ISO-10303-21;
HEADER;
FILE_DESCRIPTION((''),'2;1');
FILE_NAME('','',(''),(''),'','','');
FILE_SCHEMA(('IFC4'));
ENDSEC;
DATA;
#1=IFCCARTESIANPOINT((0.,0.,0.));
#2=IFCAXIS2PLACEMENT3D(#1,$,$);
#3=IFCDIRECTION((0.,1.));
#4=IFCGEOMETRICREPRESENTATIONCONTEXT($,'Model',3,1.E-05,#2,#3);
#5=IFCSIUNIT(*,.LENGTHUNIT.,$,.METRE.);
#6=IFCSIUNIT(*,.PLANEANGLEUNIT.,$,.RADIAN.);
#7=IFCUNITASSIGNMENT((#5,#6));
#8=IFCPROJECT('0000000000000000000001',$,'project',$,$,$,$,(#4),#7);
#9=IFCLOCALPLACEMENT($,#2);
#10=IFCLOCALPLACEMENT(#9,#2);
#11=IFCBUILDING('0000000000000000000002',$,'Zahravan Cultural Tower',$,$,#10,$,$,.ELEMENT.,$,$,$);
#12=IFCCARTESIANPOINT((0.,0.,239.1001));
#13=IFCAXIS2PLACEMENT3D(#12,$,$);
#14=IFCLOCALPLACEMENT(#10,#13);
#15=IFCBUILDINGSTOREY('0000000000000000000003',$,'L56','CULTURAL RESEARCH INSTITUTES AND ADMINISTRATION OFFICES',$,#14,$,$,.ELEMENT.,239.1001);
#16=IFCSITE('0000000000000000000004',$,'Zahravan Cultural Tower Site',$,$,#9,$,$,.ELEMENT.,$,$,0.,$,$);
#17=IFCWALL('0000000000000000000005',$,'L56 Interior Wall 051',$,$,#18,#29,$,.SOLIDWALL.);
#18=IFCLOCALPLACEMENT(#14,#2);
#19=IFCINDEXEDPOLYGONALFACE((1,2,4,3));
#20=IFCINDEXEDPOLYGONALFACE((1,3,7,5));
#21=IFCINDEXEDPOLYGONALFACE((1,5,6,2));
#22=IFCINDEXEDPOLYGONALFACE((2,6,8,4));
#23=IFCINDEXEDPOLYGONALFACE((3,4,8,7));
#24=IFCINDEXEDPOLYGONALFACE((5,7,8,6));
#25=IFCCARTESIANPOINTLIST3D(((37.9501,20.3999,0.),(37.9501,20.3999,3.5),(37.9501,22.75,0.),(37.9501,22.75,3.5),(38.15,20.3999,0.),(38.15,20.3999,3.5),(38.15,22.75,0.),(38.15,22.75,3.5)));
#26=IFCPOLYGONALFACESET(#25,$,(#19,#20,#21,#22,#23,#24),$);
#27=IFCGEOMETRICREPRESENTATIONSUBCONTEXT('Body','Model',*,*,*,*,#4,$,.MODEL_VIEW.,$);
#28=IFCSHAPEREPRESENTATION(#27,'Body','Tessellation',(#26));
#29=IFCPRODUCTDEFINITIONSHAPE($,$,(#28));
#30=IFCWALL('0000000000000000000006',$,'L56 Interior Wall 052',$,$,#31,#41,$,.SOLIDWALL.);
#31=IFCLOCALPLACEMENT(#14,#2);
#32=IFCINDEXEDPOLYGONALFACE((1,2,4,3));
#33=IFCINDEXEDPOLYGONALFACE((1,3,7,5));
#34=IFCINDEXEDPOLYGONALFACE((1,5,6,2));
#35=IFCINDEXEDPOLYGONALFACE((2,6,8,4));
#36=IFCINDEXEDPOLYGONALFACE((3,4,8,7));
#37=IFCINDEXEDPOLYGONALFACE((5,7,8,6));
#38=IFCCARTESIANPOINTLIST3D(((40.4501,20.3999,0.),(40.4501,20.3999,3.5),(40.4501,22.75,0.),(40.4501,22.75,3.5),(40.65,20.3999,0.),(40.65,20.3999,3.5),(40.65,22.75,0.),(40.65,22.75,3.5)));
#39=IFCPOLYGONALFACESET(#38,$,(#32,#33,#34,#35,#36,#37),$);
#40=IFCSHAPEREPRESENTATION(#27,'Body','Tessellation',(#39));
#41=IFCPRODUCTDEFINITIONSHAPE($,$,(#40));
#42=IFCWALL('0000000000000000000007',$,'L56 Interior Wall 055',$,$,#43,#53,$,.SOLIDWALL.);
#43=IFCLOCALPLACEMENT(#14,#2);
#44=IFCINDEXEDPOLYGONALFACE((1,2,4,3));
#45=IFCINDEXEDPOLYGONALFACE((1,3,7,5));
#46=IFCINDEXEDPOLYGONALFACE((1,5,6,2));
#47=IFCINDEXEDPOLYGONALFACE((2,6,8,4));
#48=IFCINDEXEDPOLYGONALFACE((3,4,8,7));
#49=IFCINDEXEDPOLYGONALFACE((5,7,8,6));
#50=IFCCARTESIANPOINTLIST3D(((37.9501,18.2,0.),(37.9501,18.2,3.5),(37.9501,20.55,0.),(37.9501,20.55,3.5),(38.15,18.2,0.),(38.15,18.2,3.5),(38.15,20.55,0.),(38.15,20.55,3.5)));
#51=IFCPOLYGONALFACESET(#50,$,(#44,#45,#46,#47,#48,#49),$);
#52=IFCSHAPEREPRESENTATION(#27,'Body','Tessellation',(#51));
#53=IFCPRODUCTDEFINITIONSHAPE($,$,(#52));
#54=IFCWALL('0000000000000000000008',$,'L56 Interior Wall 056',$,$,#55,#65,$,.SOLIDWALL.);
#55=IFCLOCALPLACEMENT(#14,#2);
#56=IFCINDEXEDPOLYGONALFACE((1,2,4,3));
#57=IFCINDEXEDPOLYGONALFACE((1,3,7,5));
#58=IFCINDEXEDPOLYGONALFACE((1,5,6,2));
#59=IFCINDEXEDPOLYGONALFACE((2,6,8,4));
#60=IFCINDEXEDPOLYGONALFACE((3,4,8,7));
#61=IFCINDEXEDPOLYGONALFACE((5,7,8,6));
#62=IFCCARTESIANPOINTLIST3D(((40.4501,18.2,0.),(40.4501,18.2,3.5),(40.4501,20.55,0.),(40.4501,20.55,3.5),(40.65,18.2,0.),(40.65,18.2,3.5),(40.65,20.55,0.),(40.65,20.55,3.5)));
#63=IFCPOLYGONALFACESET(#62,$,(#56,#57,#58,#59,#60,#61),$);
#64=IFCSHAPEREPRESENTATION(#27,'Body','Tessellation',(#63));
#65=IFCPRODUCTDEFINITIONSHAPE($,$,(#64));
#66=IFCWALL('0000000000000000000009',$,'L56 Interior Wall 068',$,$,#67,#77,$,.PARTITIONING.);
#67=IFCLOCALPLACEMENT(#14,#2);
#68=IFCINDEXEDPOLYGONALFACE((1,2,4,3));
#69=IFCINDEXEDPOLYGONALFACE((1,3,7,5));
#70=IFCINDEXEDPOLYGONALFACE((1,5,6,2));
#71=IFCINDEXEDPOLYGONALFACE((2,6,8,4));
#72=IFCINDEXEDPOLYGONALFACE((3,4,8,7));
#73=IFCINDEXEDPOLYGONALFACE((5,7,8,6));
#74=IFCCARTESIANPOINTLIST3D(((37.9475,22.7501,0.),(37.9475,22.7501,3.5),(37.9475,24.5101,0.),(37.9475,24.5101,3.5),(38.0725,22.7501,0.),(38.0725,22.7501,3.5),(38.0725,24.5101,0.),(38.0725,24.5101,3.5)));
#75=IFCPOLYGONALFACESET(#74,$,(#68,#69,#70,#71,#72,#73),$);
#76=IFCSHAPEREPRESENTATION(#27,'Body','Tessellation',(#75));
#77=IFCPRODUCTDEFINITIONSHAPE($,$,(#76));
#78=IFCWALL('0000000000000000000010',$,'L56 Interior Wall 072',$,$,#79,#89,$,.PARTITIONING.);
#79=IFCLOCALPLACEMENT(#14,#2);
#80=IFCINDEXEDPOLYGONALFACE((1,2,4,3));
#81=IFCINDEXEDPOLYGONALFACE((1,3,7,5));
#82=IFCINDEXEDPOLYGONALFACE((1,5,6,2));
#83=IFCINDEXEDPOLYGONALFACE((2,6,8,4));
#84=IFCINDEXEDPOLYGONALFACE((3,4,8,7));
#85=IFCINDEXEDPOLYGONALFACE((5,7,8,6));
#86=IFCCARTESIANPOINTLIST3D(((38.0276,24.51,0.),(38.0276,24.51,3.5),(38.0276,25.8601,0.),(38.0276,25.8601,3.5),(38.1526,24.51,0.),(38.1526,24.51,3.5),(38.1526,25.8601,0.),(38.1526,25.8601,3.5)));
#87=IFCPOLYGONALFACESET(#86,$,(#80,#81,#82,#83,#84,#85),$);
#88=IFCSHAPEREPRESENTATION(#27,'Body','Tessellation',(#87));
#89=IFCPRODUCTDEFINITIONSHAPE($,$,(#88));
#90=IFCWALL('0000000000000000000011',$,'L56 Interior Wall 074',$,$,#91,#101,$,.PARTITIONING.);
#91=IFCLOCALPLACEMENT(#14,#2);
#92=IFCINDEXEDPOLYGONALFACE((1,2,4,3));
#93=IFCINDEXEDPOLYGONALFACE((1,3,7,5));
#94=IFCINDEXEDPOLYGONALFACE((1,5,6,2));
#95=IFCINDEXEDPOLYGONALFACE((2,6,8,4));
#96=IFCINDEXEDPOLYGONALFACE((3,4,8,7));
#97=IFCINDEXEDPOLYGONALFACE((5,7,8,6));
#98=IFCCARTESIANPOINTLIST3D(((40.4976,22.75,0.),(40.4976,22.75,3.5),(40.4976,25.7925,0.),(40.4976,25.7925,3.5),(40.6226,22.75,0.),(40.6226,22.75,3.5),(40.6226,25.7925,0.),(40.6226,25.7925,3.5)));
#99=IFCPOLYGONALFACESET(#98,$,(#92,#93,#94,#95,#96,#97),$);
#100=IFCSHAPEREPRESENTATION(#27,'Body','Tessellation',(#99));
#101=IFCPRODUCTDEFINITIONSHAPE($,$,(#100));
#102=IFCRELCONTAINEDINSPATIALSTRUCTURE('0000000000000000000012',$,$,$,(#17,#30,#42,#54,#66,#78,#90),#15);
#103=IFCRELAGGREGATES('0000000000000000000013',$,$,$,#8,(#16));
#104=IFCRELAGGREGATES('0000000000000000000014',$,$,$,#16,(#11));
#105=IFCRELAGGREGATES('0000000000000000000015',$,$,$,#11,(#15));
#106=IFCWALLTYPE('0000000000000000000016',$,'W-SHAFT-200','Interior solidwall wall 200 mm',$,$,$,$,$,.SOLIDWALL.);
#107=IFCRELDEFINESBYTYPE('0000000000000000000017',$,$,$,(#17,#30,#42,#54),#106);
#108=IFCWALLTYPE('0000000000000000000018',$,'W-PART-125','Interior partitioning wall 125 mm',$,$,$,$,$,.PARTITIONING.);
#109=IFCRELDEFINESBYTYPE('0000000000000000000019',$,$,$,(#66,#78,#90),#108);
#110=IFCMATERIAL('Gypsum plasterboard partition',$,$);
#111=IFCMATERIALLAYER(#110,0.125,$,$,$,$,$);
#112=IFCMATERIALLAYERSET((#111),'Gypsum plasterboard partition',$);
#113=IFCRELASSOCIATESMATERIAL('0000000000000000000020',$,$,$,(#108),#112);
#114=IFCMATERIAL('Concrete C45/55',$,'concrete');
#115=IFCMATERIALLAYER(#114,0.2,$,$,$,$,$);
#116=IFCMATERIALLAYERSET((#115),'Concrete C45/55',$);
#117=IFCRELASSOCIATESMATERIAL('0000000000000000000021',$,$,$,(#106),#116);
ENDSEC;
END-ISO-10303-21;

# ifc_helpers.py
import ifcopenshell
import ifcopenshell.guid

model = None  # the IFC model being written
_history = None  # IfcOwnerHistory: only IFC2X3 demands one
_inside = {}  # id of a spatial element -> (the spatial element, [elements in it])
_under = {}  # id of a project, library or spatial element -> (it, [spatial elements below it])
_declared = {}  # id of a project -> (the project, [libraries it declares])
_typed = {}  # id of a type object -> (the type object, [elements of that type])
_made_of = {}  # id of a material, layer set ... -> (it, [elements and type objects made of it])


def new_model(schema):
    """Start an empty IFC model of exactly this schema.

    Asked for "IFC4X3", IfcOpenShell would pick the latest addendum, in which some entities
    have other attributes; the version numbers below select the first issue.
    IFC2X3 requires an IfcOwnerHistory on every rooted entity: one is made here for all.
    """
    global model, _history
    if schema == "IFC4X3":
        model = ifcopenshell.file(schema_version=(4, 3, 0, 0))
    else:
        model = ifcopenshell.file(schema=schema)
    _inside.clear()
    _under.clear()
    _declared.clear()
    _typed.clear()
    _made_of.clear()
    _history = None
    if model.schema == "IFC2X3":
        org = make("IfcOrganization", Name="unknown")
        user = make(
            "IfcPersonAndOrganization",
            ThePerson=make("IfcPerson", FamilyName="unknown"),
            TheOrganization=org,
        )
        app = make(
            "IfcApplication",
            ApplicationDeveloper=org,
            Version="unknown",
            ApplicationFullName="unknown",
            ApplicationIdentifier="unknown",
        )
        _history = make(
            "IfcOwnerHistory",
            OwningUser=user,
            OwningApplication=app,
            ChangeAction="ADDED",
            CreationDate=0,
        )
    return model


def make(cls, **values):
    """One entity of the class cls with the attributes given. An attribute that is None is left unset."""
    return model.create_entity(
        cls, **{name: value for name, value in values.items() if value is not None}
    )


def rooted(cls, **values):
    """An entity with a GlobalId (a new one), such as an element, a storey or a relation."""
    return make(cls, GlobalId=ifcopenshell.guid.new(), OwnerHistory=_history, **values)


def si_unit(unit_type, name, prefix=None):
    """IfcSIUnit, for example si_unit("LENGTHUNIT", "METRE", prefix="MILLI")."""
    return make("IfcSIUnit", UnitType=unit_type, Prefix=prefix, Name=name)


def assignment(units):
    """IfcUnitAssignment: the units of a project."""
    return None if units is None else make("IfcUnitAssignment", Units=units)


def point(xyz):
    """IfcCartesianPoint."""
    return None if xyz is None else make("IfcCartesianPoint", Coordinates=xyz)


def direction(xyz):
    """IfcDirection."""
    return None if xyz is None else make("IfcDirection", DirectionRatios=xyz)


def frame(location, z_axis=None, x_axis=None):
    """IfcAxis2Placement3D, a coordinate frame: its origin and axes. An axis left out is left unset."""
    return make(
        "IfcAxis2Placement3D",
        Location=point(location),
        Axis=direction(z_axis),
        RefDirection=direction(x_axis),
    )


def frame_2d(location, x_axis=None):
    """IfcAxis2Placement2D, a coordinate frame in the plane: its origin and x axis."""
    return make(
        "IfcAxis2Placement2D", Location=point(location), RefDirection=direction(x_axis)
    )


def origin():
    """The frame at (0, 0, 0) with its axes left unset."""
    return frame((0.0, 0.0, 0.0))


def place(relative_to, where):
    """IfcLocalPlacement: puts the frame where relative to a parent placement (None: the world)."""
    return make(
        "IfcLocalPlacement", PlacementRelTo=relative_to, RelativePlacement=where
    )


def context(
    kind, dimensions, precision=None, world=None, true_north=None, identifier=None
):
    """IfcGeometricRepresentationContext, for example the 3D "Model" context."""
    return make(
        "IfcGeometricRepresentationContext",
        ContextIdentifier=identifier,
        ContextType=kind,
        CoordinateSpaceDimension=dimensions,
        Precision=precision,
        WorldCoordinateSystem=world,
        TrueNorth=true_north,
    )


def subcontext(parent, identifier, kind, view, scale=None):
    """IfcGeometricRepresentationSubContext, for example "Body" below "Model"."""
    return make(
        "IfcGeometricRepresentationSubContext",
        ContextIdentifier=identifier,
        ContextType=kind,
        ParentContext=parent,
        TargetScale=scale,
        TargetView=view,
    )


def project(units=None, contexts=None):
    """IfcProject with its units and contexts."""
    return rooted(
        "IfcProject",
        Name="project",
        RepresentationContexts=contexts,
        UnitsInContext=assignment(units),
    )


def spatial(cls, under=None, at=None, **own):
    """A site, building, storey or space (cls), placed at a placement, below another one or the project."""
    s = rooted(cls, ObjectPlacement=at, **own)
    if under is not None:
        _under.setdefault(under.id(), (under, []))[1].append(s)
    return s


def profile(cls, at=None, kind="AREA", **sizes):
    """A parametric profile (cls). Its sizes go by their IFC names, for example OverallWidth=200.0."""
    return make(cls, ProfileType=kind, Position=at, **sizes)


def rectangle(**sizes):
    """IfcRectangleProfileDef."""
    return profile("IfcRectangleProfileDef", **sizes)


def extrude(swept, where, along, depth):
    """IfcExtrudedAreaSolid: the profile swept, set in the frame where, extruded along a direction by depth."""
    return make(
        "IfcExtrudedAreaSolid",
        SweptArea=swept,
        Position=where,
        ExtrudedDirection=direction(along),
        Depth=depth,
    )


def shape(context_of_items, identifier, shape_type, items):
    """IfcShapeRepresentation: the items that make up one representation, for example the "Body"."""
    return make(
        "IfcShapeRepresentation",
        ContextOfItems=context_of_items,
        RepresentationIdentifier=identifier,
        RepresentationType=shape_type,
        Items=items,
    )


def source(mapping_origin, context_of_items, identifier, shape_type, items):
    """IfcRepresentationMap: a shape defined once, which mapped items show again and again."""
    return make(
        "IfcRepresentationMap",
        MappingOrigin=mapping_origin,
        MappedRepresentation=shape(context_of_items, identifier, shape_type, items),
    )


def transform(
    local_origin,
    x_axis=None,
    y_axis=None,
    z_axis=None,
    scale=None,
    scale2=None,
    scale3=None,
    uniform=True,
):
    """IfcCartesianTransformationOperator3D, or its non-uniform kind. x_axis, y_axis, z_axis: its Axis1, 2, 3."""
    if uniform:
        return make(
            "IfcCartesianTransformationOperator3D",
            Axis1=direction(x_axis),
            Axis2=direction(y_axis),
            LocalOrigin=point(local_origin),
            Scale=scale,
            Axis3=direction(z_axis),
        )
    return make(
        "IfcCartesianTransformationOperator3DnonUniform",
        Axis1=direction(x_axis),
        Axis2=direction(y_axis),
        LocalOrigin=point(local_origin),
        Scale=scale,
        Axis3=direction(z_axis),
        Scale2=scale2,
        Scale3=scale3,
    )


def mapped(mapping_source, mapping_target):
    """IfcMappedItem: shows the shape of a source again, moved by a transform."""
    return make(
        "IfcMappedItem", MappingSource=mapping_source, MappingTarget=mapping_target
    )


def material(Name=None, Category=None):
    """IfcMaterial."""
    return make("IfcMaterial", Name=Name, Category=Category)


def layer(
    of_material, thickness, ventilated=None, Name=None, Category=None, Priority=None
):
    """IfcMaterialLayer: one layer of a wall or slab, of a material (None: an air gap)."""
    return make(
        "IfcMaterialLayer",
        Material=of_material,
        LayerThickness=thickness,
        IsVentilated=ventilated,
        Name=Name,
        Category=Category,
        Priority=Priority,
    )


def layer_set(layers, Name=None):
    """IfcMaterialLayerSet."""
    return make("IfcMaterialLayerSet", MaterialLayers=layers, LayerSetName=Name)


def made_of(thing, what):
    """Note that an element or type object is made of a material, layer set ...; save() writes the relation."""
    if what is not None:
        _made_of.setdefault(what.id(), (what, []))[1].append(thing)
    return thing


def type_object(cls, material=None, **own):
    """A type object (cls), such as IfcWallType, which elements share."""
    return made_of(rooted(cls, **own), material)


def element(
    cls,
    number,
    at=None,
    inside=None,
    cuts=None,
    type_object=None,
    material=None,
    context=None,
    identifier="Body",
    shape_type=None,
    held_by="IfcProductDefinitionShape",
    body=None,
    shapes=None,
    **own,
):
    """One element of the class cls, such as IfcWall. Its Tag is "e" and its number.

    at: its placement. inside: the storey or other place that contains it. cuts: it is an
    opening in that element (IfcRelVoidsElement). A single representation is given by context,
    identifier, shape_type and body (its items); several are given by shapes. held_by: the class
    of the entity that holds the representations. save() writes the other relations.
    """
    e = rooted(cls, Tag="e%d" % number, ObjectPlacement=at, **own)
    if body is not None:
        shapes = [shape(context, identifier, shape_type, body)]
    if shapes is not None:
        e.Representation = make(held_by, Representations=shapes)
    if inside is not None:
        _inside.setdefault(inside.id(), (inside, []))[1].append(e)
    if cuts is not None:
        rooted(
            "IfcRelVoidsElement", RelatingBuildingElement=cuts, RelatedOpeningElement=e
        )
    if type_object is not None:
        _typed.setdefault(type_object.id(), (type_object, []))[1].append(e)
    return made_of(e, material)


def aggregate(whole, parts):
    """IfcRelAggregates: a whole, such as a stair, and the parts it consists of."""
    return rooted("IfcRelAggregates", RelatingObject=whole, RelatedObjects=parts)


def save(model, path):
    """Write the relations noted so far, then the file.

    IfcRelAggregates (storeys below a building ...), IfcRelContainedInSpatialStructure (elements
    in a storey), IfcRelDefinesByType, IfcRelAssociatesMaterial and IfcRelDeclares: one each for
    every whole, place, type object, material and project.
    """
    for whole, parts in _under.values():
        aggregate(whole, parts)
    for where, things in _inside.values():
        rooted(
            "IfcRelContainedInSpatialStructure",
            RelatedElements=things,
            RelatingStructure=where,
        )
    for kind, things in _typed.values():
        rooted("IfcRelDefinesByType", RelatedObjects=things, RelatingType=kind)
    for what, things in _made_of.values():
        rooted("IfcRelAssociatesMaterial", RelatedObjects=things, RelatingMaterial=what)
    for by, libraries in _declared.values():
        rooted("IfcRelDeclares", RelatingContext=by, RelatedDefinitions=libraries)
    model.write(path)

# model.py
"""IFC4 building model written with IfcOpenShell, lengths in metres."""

from ifc_helpers import new_model, si_unit, direction, frame, frame_2d, origin, place, context, subcontext, project, spatial, rectangle, extrude, source, transform, mapped, material, layer, layer_set, type_object, element, save


model = new_model("IFC4")

# Units and contexts
model_context = context("Model", 3, precision=1e-05, world=origin(), true_north=direction((0.0, 1.0)))
body_context = subcontext(model_context, "Body", "Model", "MODEL_VIEW")
ifc_project = project(units=[si_unit("LENGTHUNIT", "METRE"), si_unit("PLANEANGLEUNIT", "RADIAN")], contexts=[model_context])

# Site, building, storey
site_placement = place(None, origin())
site = spatial("IfcSite", under=ifc_project, at=site_placement, Name="Zahravan Cultural Tower Site", CompositionType="ELEMENT", RefElevation=0.0)
building_placement = place(site_placement, origin())
building = spatial("IfcBuilding", under=site, at=building_placement, Name="Zahravan Cultural Tower", CompositionType="ELEMENT")
storey_placement = place(building_placement, frame((0.0, 0.0, 239.1001)))
storey = spatial("IfcBuildingStorey", under=building, at=storey_placement, Name="L56", Description="CULTURAL RESEARCH INSTITUTES AND ADMINISTRATION OFFICES", CompositionType="ELEMENT", Elevation=239.1001)

# Shared definitions
ifc_material_1 = material(Name="Gypsum plasterboard partition")
ifc_layer_1 = layer(ifc_material_1, 0.125)
ifc_layer_set_1 = layer_set([ifc_layer_1], Name="Gypsum plasterboard partition")
wall_type_1 = type_object("IfcWallType", Name="W-PART-125", Description="Interior partitioning wall 125 mm", PredefinedType="PARTITIONING", material=ifc_layer_set_1)

# Walls
ifc_material_2 = material(Name="Concrete C45/55", Category="concrete")
ifc_layer_2 = layer(ifc_material_2, 0.2)
ifc_layer_set_2 = layer_set([ifc_layer_2], Name="Concrete C45/55")
wall_type_2 = type_object("IfcWallType", Name="W-SHAFT-200", Description="Interior solidwall wall 200 mm", PredefinedType="SOLIDWALL", material=ifc_layer_set_2)
shared_shape_1 = source(origin(), body_context, "Body", "SweptSolid", [
    extrude(rectangle(XDim=2.3501, YDim=0.2, at=frame_2d((1.175, 0.0))), origin(), (0.0, 0.0, 1.0), 3.5),
])
for number, where, z_axis, x_axis, name in (
    (1, (38.05, 20.3999, 0.0), (0.0, 0.0, 1.0), (0.0, 1.0, 0.0), "L56 Interior Wall 051"),
    (2, (40.55, 20.3999, 0.0), (0.0, 0.0, 1.0), (0.0, 1.0, 0.0), "L56 Interior Wall 052"),
    (3, (38.05, 18.2, 0.0), (0.0, 0.0, 1.0), (0.0, 1.0, 0.0), "L56 Interior Wall 055"),
    (4, (40.55, 18.2, 0.0), (0.0, 0.0, 1.0), (0.0, 1.0, 0.0), "L56 Interior Wall 056"),
):
    element("IfcWall", number, at=place(storey_placement, frame(where, z_axis=z_axis, x_axis=x_axis)), inside=storey, type_object=wall_type_2, Name=name, PredefinedType="SOLIDWALL", context=body_context, shape_type="MappedRepresentation", body=[
        mapped(shared_shape_1, transform((0.0, 0.0, 0.0), x_axis=(1.0, 0.0, 0.0), y_axis=(0.0, 1.0, 0.0), z_axis=(0.0, 0.0, 1.0), scale=1.0)),
    ])
shared_shape_2 = source(origin(), body_context, "Body", "SweptSolid", [
    extrude(rectangle(XDim=1.76, YDim=0.125, at=frame_2d((0.8799, 0.0))), origin(), (0.0, 0.0, 1.0), 3.5),
])
wall_1_placement = place(storey_placement, frame((38.01, 24.51, 0.0), z_axis=(0.0, 0.0, 1.0), x_axis=(0.0, -1.0, 0.0)))
element("IfcWall", 5, at=wall_1_placement, inside=storey, type_object=wall_type_1, Name="L56 Interior Wall 068", PredefinedType="PARTITIONING", context=body_context, shape_type="MappedRepresentation", body=[
    mapped(shared_shape_2, transform((0.0, 0.0, 0.0), x_axis=(1.0, 0.0, 0.0), y_axis=(0.0, 1.0, 0.0), z_axis=(0.0, 0.0, 1.0), scale=1.0)),
])
shared_shape_3 = source(origin(), body_context, "Body", "SweptSolid", [
    extrude(rectangle(XDim=1.3501, YDim=0.125, at=frame_2d((0.675, 0.0))), origin(), (0.0, 0.0, 1.0), 3.5),
])
wall_2_placement = place(storey_placement, frame((38.0901, 24.51, 0.0), z_axis=(0.0, 0.0, 1.0), x_axis=(0.0, 1.0, 0.0)))
element("IfcWall", 6, at=wall_2_placement, inside=storey, type_object=wall_type_1, Name="L56 Interior Wall 072", PredefinedType="PARTITIONING", context=body_context, shape_type="MappedRepresentation", body=[
    mapped(shared_shape_3, transform((0.0, 0.0, 0.0), x_axis=(1.0, 0.0, 0.0), y_axis=(0.0, 1.0, 0.0), z_axis=(0.0, 0.0, 1.0), scale=1.0)),
])
shared_shape_4 = source(origin(), body_context, "Body", "SweptSolid", [
    extrude(rectangle(XDim=3.0425, YDim=0.125, at=frame_2d((1.5212, 0.0))), origin(), (0.0, 0.0, 1.0), 3.5),
])
wall_3_placement = place(storey_placement, frame((40.5601, 25.7925, 0.0), z_axis=(0.0, 0.0, 1.0), x_axis=(0.0, -1.0, 0.0)))
element("IfcWall", 7, at=wall_3_placement, inside=storey, type_object=wall_type_1, Name="L56 Interior Wall 074", PredefinedType="PARTITIONING", context=body_context, shape_type="MappedRepresentation", body=[
    mapped(shared_shape_4, transform((0.0, 0.0, 0.0), x_axis=(1.0, 0.0, 0.0), y_axis=(0.0, 1.0, 0.0), z_axis=(0.0, 0.0, 1.0), scale=1.0)),
])

save(model, "model.ifc")
